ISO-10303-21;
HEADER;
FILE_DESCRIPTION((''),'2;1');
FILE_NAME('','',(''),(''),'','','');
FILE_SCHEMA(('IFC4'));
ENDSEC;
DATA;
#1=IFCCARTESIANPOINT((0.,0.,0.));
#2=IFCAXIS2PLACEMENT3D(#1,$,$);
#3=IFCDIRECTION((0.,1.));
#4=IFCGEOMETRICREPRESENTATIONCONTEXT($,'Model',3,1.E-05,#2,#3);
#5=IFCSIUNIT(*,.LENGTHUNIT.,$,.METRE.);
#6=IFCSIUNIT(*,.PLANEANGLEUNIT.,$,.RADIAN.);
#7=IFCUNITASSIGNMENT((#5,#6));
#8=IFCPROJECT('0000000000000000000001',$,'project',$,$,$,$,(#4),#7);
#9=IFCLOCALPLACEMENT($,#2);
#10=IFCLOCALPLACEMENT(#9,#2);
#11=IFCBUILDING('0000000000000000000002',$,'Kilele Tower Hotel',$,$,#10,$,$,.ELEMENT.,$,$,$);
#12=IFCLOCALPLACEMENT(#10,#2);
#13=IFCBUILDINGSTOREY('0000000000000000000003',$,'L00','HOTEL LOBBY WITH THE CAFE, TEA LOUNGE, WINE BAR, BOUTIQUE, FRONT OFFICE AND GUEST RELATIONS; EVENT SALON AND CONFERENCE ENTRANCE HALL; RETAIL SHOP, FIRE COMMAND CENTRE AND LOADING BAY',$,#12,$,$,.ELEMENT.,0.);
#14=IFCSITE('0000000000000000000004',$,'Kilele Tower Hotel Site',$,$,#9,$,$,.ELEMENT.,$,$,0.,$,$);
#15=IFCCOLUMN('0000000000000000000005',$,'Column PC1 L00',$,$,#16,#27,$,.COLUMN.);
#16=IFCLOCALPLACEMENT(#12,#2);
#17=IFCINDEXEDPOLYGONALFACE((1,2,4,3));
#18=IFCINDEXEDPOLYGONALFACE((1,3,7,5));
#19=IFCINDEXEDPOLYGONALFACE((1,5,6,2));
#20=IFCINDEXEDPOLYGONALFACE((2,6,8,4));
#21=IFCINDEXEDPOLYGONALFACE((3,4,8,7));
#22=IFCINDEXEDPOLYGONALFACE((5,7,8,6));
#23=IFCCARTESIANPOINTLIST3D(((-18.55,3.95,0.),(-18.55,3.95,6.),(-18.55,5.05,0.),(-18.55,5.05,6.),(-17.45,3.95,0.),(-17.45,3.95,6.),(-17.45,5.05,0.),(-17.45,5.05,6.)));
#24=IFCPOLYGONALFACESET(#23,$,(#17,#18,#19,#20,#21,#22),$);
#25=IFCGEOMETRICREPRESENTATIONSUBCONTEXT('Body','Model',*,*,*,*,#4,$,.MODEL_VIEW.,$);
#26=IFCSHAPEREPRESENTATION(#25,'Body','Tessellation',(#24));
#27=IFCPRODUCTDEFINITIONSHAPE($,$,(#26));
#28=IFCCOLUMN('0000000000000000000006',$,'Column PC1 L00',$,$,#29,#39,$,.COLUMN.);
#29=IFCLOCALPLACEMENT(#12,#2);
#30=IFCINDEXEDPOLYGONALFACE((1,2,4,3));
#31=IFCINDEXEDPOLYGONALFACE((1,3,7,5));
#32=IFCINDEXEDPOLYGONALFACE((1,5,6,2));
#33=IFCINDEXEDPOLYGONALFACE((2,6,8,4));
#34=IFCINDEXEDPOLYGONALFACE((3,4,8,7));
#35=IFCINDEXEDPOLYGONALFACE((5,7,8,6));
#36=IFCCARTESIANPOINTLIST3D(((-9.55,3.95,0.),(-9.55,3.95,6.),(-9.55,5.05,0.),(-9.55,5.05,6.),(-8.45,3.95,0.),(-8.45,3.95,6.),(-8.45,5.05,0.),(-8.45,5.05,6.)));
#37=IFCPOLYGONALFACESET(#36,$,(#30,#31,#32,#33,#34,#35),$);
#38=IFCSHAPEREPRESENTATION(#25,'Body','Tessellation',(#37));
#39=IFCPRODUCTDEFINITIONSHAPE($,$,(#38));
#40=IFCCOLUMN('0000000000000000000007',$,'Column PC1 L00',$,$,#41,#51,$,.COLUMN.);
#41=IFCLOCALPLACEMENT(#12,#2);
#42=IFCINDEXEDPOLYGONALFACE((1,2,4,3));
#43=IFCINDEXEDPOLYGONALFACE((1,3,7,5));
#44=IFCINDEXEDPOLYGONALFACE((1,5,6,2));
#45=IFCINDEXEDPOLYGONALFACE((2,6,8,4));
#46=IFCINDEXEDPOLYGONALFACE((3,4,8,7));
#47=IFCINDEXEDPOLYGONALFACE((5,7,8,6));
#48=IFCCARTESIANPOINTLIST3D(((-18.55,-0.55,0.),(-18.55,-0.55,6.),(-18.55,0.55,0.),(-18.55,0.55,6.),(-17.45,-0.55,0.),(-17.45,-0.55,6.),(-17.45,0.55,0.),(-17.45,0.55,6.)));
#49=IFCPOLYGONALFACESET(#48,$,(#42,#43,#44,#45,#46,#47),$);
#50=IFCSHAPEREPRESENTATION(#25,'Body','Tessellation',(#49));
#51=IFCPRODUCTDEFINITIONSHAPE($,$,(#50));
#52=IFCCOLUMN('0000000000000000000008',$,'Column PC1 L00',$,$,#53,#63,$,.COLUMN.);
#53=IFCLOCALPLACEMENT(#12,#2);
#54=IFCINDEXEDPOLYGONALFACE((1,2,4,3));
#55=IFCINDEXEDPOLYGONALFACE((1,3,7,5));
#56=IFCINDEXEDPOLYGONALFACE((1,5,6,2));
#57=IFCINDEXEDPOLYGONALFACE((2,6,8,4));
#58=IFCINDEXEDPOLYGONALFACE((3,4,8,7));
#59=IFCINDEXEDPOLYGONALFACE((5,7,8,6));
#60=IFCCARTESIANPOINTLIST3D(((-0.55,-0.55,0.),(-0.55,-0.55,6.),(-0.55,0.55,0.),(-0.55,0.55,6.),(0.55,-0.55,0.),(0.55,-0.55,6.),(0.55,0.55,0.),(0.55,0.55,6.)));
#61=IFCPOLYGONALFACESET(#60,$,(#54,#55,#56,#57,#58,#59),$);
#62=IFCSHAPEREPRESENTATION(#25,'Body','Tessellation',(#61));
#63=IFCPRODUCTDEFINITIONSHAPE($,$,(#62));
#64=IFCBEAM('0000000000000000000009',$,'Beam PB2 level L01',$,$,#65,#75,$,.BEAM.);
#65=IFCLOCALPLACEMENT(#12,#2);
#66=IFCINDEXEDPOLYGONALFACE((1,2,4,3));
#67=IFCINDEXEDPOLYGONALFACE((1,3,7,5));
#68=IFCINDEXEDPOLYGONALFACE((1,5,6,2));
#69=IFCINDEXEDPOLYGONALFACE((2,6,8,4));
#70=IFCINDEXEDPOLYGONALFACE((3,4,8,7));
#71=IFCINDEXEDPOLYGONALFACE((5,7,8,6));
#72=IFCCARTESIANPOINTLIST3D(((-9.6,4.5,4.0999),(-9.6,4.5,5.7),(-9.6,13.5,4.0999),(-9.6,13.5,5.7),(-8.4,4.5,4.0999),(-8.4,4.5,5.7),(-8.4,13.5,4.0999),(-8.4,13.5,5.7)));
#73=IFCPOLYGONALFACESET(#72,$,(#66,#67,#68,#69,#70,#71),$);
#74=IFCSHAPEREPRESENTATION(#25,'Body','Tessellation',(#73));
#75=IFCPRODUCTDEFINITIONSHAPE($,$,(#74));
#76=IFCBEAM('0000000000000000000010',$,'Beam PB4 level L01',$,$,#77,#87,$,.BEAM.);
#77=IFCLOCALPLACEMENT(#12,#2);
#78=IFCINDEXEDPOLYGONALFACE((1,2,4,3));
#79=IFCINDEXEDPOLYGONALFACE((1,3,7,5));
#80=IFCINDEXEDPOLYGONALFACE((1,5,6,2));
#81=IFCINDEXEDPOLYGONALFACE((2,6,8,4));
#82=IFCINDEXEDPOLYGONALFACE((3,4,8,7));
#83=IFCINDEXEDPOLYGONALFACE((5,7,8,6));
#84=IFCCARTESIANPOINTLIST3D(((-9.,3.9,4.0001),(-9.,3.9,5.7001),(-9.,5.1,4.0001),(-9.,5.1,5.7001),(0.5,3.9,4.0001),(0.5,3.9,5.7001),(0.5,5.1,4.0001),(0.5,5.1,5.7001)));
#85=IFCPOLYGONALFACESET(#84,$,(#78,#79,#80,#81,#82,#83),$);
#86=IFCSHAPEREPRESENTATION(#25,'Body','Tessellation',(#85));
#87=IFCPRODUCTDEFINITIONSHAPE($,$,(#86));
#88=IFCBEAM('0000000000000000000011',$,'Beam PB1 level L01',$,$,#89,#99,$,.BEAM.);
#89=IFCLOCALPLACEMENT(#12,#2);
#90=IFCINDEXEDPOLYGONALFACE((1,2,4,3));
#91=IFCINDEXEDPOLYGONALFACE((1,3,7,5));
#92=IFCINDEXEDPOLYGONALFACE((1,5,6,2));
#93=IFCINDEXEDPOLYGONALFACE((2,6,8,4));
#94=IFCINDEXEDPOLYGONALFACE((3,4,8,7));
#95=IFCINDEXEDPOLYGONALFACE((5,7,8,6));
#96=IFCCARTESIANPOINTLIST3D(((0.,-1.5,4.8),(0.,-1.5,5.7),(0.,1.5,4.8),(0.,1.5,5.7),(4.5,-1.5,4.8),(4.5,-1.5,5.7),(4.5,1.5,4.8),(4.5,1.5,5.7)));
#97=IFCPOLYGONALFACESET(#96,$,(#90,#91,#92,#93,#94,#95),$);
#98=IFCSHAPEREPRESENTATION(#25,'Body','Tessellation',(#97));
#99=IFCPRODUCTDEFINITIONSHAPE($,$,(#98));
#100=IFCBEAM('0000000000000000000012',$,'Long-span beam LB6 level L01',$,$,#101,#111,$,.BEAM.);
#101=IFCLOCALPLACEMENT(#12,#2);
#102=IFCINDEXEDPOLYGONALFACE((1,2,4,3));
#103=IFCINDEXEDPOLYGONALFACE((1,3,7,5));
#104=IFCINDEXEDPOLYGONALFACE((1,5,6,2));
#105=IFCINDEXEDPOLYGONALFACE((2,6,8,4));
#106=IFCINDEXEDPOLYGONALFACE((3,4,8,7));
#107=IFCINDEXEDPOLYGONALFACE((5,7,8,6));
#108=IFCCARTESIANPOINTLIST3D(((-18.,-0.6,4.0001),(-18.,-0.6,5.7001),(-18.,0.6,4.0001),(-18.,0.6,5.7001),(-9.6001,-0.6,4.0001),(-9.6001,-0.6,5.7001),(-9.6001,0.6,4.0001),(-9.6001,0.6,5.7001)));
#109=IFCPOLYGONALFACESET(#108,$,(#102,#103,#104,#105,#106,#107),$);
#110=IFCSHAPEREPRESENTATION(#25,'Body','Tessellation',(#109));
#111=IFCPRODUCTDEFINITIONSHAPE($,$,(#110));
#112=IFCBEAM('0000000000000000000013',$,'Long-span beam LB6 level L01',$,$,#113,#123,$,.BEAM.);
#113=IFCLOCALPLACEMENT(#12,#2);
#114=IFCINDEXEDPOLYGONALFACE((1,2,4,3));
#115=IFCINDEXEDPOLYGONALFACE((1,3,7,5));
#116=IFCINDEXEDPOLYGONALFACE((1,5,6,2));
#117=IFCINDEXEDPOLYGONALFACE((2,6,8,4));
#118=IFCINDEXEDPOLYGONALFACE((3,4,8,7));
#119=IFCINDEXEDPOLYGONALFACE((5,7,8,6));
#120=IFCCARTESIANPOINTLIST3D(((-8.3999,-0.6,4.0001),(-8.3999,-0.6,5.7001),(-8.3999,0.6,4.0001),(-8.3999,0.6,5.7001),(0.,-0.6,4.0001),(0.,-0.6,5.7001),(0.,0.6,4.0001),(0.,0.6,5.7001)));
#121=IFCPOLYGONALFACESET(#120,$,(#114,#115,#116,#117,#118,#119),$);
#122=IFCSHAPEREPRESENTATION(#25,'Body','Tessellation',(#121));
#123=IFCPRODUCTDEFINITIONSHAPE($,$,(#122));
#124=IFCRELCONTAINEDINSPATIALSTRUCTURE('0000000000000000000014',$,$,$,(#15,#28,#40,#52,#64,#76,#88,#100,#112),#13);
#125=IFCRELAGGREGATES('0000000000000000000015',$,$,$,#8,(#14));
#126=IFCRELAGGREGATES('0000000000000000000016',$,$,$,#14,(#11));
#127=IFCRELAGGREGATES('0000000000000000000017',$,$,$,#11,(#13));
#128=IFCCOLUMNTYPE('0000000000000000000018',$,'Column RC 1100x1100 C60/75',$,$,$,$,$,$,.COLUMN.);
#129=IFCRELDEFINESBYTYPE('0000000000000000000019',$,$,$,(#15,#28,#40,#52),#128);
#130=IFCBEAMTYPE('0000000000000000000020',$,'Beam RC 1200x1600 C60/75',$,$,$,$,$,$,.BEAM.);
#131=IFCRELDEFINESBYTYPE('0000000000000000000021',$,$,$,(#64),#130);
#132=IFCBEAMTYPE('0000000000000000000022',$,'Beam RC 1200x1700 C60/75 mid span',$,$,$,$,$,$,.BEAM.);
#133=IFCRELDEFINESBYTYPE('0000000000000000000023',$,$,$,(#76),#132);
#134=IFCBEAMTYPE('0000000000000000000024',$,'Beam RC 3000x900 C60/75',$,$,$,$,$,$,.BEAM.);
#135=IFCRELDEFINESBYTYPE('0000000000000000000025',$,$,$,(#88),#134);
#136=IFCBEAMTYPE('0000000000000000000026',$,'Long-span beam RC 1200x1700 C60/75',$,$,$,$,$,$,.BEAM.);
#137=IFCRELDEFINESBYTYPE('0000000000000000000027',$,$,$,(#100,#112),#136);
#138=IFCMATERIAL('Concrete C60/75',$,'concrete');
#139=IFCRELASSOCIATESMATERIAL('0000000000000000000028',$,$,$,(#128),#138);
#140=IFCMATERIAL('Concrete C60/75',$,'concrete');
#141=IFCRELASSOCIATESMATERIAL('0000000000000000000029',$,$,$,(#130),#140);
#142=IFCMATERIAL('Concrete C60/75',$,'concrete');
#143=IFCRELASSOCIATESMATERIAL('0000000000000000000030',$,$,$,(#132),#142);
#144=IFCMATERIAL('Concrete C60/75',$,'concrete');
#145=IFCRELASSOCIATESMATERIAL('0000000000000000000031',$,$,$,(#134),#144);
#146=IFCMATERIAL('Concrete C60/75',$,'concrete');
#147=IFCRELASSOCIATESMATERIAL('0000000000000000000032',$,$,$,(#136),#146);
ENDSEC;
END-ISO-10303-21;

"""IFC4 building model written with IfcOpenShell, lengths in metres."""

from ifc_helpers import new_model, si_unit, direction, frame, origin, origin_2d, place, context, subcontext, project, spatial, rectangle, extrude, material, material_profile, profile_set, type_object, element, save


model = new_model("IFC4")

# Units and contexts
model_context = context("Model", 3, precision=1e-05, world=origin(), true_north=direction((0.0, 1.0)))
body_context = subcontext(model_context, "Body", "Model", "MODEL_VIEW")
ifc_project = project(units=[si_unit("LENGTHUNIT", "METRE"), si_unit("PLANEANGLEUNIT", "RADIAN")], contexts=[model_context])

# Site, building, storey
site_placement = place(None, origin())
site = spatial("IfcSite", under=ifc_project, at=site_placement, Name="Kilele Tower Hotel Site", CompositionType="ELEMENT", RefElevation=0.0)
building_placement = place(site_placement, origin())
building = spatial("IfcBuilding", under=site, at=building_placement, Name="Kilele Tower Hotel", CompositionType="ELEMENT")
storey_placement = place(building_placement, origin())
storey = spatial("IfcBuildingStorey", under=building, at=storey_placement, Name="L00", Description="HOTEL LOBBY WITH THE CAFE, TEA LOUNGE, WINE BAR, BOUTIQUE, FRONT OFFICE AND GUEST RELATIONS; EVENT SALON AND CONFERENCE ENTRANCE HALL; RETAIL SHOP, FIRE COMMAND CENTRE AND LOADING BAY", CompositionType="ELEMENT", Elevation=0.0)

# Columns
ifc_material_1 = material(Name="Concrete C60/75", Category="concrete")
ifc_material_profile_1 = material_profile(ifc_material_1, rectangle(XDim=1.1001, YDim=1.1001, at=origin_2d()))
ifc_profile_set_1 = profile_set([ifc_material_profile_1], Name="Concrete C60/75")
column_type = type_object("IfcColumnType", Name="Column RC 1100x1100 C60/75", PredefinedType="COLUMN", material=ifc_profile_set_1)
for number, where, z_axis, x_axis, name in (
    (1, (-18.0, 4.5, 0.0), (0.0, 0.0, 1.0), (1.0, 0.0, 0.0), "Column PC1 L00"),
    (2, (-9.0, 4.5, 0.0), (0.0, 0.0, 1.0), (1.0, 0.0, 0.0), "Column PC1 L00"),
    (3, (-18.0, 0.0, 0.0), (0.0, 0.0, 1.0), (1.0, 0.0, 0.0), "Column PC1 L00"),
    (4, (0.0, 0.0, 0.0), (0.0, 0.0, 1.0), (1.0, 0.0, 0.0), "Column PC1 L00"),
):
    element("IfcColumn", number, at=place(storey_placement, frame(where, z_axis=z_axis, x_axis=x_axis)), inside=storey, type_object=column_type, Name=name, PredefinedType="COLUMN", context=body_context, shape_type="SweptSolid", body=[
        extrude(rectangle(XDim=1.1001, YDim=1.1001, at=origin_2d()), origin(), (0.0, 0.0, 1.0), 6.0),
    ])

# Beams
ifc_material_2 = material(Name="Concrete C60/75", Category="concrete")
ifc_material_profile_2 = material_profile(ifc_material_2, rectangle(XDim=1.2, YDim=1.6001, at=origin_2d()))
ifc_profile_set_2 = profile_set([ifc_material_profile_2], Name="Concrete C60/75")
beam_type_1 = type_object("IfcBeamType", Name="Beam RC 1200x1600 C60/75", PredefinedType="BEAM", material=ifc_profile_set_2)
beam_1_placement = place(storey_placement, frame((-9.0, 4.5, 4.8999), z_axis=(0.0, 1.0, 0.0), x_axis=(-1.0, 0.0, 0.0)))
element("IfcBeam", 5, at=beam_1_placement, inside=storey, type_object=beam_type_1, Name="Beam PB2 level L01", PredefinedType="BEAM", context=body_context, shape_type="SweptSolid", body=[
    extrude(rectangle(XDim=1.2, YDim=1.6001, at=origin_2d()), origin(), (0.0, 0.0, 1.0), 9.0),
])
ifc_material_3 = material(Name="Concrete C60/75", Category="concrete")
ifc_material_profile_3 = material_profile(ifc_material_3, rectangle(XDim=1.2, YDim=1.7, at=origin_2d()))
ifc_profile_set_3 = profile_set([ifc_material_profile_3], Name="Concrete C60/75")
beam_type_2 = type_object("IfcBeamType", Name="Beam RC 1200x1700 C60/75 mid span", PredefinedType="BEAM", material=ifc_profile_set_3)
beam_2_placement = place(storey_placement, frame((-9.0, 4.5, 4.8501), z_axis=(1.0, 0.0, 0.0), x_axis=(0.0, 1.0, 0.0)))
element("IfcBeam", 6, at=beam_2_placement, inside=storey, type_object=beam_type_2, Name="Beam PB4 level L01", PredefinedType="BEAM", context=body_context, shape_type="SweptSolid", body=[
    extrude(rectangle(XDim=1.2, YDim=1.7, at=origin_2d()), origin(), (0.0, 0.0, 1.0), 9.5),
])
ifc_material_4 = material(Name="Concrete C60/75", Category="concrete")
ifc_material_profile_4 = material_profile(ifc_material_4, rectangle(XDim=3.0, YDim=0.8999, at=origin_2d()))
ifc_profile_set_4 = profile_set([ifc_material_profile_4], Name="Concrete C60/75")
beam_type_3 = type_object("IfcBeamType", Name="Beam RC 3000x900 C60/75", PredefinedType="BEAM", material=ifc_profile_set_4)
beam_3_placement = place(storey_placement, frame((0.0, 0.0, 5.25), z_axis=(1.0, 0.0, 0.0), x_axis=(0.0, 1.0, 0.0)))
element("IfcBeam", 7, at=beam_3_placement, inside=storey, type_object=beam_type_3, Name="Beam PB1 level L01", PredefinedType="BEAM", context=body_context, shape_type="SweptSolid", body=[
    extrude(rectangle(XDim=3.0, YDim=0.8999, at=origin_2d()), origin(), (0.0, 0.0, 1.0), 4.5),
])
ifc_material_5 = material(Name="Concrete C60/75", Category="concrete")
ifc_material_profile_5 = material_profile(ifc_material_5, rectangle(XDim=1.2, YDim=1.7, at=origin_2d()))
ifc_profile_set_5 = profile_set([ifc_material_profile_5], Name="Concrete C60/75")
beam_type_4 = type_object("IfcBeamType", Name="Long-span beam RC 1200x1700 C60/75", PredefinedType="BEAM", material=ifc_profile_set_5)
for number, where, z_axis, x_axis, name in (
    (8, (-18.0, 0.0, 4.8501), (1.0, 0.0, 0.0), (0.0, 1.0, 0.0), "Long-span beam LB6 level L01"),
    (9, (-8.3999, 0.0, 4.8501), (1.0, 0.0, 0.0), (0.0, 1.0, 0.0), "Long-span beam LB6 level L01"),
):
    element("IfcBeam", number, at=place(storey_placement, frame(where, z_axis=z_axis, x_axis=x_axis)), inside=storey, type_object=beam_type_4, Name=name, PredefinedType="BEAM", context=body_context, shape_type="SweptSolid", body=[
        extrude(rectangle(XDim=1.2, YDim=1.7, at=origin_2d()), origin(), (0.0, 0.0, 1.0), 8.3999),
    ])

save(model, "model.ifc")
